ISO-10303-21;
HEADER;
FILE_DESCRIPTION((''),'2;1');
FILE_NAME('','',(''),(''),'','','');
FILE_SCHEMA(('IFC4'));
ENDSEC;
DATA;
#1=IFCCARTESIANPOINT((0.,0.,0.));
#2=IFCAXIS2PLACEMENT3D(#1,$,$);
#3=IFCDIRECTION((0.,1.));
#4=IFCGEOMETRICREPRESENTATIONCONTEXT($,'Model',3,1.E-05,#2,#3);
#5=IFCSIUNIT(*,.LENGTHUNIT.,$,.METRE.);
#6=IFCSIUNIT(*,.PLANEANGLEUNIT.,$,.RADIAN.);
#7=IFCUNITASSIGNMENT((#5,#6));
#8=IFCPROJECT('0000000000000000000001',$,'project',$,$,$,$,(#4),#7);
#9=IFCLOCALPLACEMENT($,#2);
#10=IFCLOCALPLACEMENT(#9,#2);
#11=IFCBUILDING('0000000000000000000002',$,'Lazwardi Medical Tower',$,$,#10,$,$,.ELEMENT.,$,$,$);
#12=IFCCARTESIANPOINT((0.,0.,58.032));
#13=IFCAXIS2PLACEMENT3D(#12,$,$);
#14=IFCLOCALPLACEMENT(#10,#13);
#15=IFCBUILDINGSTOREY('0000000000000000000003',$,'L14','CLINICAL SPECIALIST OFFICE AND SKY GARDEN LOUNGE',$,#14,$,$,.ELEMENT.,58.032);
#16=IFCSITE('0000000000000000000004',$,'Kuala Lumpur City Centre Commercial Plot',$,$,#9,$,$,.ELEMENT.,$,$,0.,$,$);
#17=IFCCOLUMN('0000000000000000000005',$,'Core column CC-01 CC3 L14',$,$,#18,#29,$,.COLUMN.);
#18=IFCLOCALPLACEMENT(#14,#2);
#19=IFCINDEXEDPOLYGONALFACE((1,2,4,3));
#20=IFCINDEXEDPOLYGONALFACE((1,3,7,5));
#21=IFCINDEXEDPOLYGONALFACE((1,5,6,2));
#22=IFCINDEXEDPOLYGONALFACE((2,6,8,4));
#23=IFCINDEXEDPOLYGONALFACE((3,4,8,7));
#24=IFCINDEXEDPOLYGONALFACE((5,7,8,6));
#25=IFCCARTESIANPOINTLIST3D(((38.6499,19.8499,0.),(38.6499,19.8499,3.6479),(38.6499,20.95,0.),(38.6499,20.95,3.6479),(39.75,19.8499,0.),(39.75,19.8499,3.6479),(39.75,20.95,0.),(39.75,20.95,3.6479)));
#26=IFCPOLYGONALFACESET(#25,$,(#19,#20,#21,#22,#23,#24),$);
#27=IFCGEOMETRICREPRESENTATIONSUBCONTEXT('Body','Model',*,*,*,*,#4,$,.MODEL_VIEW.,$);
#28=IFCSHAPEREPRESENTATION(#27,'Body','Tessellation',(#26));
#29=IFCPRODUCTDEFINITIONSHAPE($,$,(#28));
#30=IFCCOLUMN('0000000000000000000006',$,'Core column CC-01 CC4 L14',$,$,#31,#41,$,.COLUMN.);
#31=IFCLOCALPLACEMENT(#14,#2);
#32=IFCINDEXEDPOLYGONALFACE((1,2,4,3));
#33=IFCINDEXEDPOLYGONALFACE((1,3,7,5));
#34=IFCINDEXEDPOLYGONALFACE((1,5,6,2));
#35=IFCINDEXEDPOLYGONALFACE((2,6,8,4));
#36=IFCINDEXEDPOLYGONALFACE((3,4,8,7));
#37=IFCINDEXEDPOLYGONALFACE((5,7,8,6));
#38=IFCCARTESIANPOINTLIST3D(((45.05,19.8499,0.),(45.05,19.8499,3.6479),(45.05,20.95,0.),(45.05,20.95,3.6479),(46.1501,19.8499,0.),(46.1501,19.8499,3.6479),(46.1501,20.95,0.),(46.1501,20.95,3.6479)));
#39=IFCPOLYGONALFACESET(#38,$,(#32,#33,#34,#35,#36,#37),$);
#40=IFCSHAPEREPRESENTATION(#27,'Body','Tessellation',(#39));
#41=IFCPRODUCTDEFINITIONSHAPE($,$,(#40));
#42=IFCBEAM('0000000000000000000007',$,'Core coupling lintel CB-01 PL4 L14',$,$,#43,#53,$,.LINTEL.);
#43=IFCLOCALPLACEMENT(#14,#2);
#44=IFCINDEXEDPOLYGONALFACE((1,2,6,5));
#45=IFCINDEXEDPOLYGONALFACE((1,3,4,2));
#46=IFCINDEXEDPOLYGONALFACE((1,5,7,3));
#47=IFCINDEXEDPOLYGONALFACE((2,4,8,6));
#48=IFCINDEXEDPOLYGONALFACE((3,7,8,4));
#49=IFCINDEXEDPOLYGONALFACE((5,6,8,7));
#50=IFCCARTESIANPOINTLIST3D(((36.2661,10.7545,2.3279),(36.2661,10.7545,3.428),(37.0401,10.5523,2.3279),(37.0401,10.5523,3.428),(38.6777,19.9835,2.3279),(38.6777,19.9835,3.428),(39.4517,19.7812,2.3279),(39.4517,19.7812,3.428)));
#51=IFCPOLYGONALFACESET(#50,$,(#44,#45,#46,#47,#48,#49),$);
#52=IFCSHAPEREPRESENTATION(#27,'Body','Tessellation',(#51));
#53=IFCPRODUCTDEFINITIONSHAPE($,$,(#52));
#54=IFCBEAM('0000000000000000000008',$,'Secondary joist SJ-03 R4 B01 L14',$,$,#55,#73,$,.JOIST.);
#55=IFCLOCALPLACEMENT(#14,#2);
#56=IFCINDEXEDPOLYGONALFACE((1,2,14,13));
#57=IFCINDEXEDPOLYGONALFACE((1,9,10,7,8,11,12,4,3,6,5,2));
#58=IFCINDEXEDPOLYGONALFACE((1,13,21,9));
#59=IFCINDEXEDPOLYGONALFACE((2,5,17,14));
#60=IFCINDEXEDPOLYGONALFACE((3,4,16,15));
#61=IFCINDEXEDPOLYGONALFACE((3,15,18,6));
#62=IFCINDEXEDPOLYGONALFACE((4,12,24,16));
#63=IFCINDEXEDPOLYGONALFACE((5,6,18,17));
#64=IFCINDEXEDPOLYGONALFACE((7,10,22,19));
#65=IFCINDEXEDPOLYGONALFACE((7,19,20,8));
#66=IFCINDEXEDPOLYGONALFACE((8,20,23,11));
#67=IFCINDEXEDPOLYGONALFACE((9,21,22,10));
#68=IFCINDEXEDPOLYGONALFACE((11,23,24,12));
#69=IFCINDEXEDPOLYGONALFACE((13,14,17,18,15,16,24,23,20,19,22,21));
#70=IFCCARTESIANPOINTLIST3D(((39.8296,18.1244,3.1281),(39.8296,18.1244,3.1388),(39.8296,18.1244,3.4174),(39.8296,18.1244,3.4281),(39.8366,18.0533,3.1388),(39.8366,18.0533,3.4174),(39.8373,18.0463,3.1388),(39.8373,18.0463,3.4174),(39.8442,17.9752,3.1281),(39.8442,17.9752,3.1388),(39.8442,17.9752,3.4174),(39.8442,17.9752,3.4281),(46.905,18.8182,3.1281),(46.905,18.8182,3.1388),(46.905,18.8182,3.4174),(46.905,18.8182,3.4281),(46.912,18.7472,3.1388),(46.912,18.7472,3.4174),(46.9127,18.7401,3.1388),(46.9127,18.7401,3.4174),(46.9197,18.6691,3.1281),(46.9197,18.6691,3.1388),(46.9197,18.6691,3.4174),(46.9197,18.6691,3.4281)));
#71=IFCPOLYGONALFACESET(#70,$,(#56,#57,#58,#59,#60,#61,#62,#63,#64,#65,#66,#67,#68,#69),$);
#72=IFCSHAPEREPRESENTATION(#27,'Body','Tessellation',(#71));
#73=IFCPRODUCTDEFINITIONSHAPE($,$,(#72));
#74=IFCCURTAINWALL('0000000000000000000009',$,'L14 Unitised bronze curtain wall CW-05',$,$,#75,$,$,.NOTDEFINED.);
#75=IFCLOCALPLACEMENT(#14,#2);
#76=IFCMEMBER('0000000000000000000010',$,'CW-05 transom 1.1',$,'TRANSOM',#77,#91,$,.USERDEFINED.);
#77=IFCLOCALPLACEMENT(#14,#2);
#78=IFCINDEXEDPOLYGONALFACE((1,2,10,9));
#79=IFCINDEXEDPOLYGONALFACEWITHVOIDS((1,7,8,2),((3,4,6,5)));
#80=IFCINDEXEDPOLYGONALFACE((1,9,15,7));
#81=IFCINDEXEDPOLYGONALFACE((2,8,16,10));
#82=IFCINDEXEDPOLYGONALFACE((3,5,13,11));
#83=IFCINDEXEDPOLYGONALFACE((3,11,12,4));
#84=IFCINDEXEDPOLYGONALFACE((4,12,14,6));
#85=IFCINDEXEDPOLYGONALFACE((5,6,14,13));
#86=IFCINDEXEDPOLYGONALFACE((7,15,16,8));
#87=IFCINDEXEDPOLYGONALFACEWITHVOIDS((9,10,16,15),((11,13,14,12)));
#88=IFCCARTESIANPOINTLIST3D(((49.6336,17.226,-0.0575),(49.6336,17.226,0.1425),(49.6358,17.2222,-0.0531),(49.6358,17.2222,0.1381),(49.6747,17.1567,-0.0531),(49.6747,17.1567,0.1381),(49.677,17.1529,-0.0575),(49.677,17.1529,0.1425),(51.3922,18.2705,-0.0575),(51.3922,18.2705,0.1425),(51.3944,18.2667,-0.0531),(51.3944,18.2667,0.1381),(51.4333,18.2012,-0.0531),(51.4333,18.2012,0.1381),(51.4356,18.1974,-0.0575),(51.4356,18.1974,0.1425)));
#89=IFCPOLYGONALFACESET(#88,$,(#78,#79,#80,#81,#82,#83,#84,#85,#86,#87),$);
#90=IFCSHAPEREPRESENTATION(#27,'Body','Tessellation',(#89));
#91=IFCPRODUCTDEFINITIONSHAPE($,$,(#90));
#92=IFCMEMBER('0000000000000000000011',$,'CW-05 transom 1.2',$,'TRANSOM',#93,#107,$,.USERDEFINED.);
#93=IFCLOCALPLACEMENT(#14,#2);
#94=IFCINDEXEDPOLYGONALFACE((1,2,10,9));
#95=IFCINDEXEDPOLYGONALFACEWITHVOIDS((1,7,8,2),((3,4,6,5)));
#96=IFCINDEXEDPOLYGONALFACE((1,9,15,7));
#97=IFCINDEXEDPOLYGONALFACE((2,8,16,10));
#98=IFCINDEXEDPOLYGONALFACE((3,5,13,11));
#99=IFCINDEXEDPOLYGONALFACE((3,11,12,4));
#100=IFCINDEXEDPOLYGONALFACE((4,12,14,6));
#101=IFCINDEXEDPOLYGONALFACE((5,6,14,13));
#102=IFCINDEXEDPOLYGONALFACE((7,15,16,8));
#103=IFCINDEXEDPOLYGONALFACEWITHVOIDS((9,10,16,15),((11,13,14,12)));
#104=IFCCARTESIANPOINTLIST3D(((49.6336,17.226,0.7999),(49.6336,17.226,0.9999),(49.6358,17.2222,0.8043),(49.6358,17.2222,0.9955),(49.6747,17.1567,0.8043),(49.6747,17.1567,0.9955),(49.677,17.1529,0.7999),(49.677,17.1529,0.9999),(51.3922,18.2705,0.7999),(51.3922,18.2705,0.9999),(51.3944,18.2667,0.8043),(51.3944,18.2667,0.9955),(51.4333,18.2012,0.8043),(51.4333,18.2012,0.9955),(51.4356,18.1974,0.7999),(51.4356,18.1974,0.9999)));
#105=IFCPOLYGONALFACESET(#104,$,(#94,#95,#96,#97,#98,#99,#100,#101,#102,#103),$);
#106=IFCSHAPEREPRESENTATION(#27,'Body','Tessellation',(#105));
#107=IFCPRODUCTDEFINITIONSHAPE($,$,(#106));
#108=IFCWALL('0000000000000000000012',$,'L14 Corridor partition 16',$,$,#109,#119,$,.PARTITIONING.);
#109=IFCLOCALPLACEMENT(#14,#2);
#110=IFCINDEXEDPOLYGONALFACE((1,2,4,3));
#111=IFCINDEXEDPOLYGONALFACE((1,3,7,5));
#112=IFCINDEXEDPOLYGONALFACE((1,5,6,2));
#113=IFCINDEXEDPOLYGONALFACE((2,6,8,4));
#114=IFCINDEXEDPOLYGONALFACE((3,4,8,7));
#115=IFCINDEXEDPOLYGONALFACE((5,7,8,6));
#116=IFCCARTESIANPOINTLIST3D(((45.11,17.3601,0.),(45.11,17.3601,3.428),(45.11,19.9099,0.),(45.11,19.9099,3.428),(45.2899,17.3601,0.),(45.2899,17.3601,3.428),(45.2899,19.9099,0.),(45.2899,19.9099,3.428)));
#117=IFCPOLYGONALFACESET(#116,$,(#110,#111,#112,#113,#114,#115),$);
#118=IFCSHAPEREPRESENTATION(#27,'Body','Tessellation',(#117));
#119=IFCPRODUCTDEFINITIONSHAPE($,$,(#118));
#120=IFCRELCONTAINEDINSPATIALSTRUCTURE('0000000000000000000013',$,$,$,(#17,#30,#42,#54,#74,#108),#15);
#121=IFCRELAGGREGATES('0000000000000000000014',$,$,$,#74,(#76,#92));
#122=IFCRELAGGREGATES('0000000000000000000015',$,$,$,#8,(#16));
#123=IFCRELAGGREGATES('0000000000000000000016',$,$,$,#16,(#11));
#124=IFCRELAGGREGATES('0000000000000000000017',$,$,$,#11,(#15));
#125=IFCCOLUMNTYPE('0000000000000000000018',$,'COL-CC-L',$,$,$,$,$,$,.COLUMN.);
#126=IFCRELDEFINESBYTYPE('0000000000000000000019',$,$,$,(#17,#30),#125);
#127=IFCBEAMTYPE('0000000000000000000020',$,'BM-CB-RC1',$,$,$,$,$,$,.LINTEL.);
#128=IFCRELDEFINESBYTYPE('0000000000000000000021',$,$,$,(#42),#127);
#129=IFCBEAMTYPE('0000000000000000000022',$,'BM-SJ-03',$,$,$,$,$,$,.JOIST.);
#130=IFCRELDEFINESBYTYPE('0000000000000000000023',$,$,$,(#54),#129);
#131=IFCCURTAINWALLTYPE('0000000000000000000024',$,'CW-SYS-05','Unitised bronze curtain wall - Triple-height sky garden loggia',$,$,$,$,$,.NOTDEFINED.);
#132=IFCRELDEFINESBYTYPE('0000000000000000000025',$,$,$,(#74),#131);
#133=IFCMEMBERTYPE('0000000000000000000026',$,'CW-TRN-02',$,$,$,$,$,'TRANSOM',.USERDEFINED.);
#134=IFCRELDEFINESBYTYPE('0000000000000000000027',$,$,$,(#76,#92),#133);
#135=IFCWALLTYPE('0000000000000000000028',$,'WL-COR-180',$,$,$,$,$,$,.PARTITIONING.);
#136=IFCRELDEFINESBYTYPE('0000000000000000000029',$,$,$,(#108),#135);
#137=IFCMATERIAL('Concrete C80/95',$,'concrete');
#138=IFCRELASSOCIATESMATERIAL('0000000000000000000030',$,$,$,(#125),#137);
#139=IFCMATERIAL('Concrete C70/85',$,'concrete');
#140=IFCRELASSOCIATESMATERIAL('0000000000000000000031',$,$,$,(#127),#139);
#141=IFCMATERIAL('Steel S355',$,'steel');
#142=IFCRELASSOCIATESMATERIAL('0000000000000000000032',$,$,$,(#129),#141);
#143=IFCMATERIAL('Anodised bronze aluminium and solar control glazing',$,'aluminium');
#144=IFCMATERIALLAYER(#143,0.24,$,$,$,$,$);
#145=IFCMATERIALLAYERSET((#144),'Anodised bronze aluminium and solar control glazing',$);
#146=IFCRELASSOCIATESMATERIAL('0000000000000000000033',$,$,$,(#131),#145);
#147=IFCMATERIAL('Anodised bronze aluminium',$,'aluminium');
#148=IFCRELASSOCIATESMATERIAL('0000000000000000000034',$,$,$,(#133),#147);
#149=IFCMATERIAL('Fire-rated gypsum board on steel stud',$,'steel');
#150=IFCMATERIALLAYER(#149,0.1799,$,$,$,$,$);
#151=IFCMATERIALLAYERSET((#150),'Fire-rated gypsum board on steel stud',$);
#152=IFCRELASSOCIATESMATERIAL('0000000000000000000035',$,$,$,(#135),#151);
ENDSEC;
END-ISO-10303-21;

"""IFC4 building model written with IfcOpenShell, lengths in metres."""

from ifc_helpers import new_model, si_unit, direction, frame, frame_2d, origin, origin_2d, place, context, subcontext, project, spatial, rectangle, hollow_rectangle, i_section, extrude, material, layer, layer_set, material_profile, profile_set, type_object, element, aggregate, save


model = new_model("IFC4")

# Units and contexts
model_context = context("Model", 3, precision=1e-05, world=origin(), true_north=direction((0.0, 1.0)))
body_context = subcontext(model_context, "Body", "Model", "MODEL_VIEW")
ifc_project = project(units=[si_unit("LENGTHUNIT", "METRE"), si_unit("PLANEANGLEUNIT", "RADIAN")], contexts=[model_context])

# Site, building, storey
site_placement = place(None, origin())
site = spatial("IfcSite", under=ifc_project, at=site_placement, Name="Kuala Lumpur City Centre Commercial Plot", CompositionType="ELEMENT", RefElevation=0.0)
building_placement = place(site_placement, origin())
building = spatial("IfcBuilding", under=site, at=building_placement, Name="Lazwardi Medical Tower", CompositionType="ELEMENT")
storey_placement = place(building_placement, frame((0.0, 0.0, 58.032)))
storey = spatial("IfcBuildingStorey", under=building, at=storey_placement, Name="L14", Description="CLINICAL SPECIALIST OFFICE AND SKY GARDEN LOUNGE", CompositionType="ELEMENT", Elevation=58.032)

# Columns
ifc_material_1 = material(Name="Concrete C80/95", Category="concrete")
ifc_material_profile_1 = material_profile(ifc_material_1, rectangle(XDim=1.1001, YDim=1.1001, at=origin_2d()), Name="RC 1100x1100")
ifc_profile_set_1 = profile_set([ifc_material_profile_1], Name="Concrete C80/95")
column_type = type_object("IfcColumnType", Name="COL-CC-L", PredefinedType="COLUMN", material=ifc_profile_set_1)
for number, where, z_axis, x_axis, name in (
    (1, (39.2, 20.3999, 0.0), (0.0, 0.0, 1.0), (1.0, 0.0, 0.0), "Core column CC-01 CC3 L14"),
    (2, (45.6001, 20.3999, 0.0), (0.0, 0.0, 1.0), (1.0, 0.0, 0.0), "Core column CC-01 CC4 L14"),
):
    element("IfcColumn", number, at=place(storey_placement, frame(where, z_axis=z_axis, x_axis=x_axis)), inside=storey, type_object=column_type, Name=name, PredefinedType="COLUMN", context=body_context, shape_type="SweptSolid", body=[
        extrude(rectangle(XDim=1.1001, YDim=1.1001, at=origin_2d()), origin(), (0.0, 0.0, 1.0), 3.6479),
    ])

# Beams
ifc_material_2 = material(Name="Concrete C70/85", Category="concrete")
ifc_material_profile_2 = material_profile(ifc_material_2, rectangle(XDim=0.8, YDim=1.1001, at=origin_2d()), Name="RC 800x1100")
ifc_profile_set_2 = profile_set([ifc_material_profile_2], Name="Concrete C70/85")
beam_type_1 = type_object("IfcBeamType", Name="BM-CB-RC1", PredefinedType="LINTEL", material=ifc_profile_set_2)
beam_1_placement = place(storey_placement, frame((39.0647, 19.8823, 2.8779), z_axis=(-0.25282, -0.967513, 0.0), x_axis=(0.967513, -0.25282, 0.0)))
element("IfcBeam", 3, at=beam_1_placement, inside=storey, type_object=beam_type_1, Name="Core coupling lintel CB-01 PL4 L14", PredefinedType="LINTEL", context=body_context, shape_type="SweptSolid", body=[
    extrude(rectangle(XDim=0.8, YDim=1.1001, at=origin_2d()), origin(), (0.0, 0.0, 1.0), 9.5388),
])
ifc_material_3 = material(Name="Steel S355", Category="steel")
ifc_material_profile_3 = material_profile(ifc_material_3, i_section(OverallWidth=0.1499, OverallDepth=0.3, WebThickness=0.0071, FlangeThickness=0.0107, at=origin_2d()), Name="IPE 300")
ifc_profile_set_3 = profile_set([ifc_material_profile_3], Name="Steel S355")
beam_type_2 = type_object("IfcBeamType", Name="BM-SJ-03", PredefinedType="JOIST", material=ifc_profile_set_3)
beam_2_placement = place(storey_placement, frame((39.8369, 18.0498, 3.2781), z_axis=(0.995226, 0.097596, 0.0), x_axis=(-0.097596, 0.995226, 0.0)))
element("IfcBeam", 4, at=beam_2_placement, inside=storey, type_object=beam_type_2, Name="Secondary joist SJ-03 R4 B01 L14", PredefinedType="JOIST", context=body_context, shape_type="SweptSolid", body=[
    extrude(i_section(OverallWidth=0.1499, OverallDepth=0.3, WebThickness=0.0071, FlangeThickness=0.0107, at=origin_2d()), origin(), (0.0, 0.0, 1.0), 7.1094),
])

# Curtain wall, members
ifc_material_4 = material(Name="Anodised bronze aluminium and solar control glazing", Category="aluminium")
ifc_layer_1 = layer(ifc_material_4, 0.24)
ifc_layer_set_1 = layer_set([ifc_layer_1], Name="Anodised bronze aluminium and solar control glazing")
curtain_wall_type = type_object("IfcCurtainWallType", Name="CW-SYS-05", Description="Unitised bronze curtain wall - Triple-height sky garden loggia", PredefinedType="NOTDEFINED", material=ifc_layer_set_1)
curtain_wall_placement = place(storey_placement, origin())
curtain_wall = element("IfcCurtainWall", 5, at=curtain_wall_placement, inside=storey, type_object=curtain_wall_type, Name="L14 Unitised bronze curtain wall CW-05", PredefinedType="NOTDEFINED")
ifc_material_5 = material(Name="Anodised bronze aluminium", Category="aluminium")
ifc_material_profile_4 = material_profile(ifc_material_5, hollow_rectangle(XDim=0.085, YDim=0.2, WallThickness=0.0044, at=origin_2d()), Name="ALU-TRANSOM 200x85x4.5")
ifc_profile_set_4 = profile_set([ifc_material_profile_4], Name="Anodised bronze aluminium")
member_type = type_object("IfcMemberType", Name="CW-TRN-02", ElementType="TRANSOM", PredefinedType="USERDEFINED", material=ifc_profile_set_4)
member_1_placement = place(storey_placement, frame((49.6553, 17.1895, 0.0425), z_axis=(0.859791, 0.510646, 0.0), x_axis=(-0.510646, 0.859791, 0.0)))
member_1 = element("IfcMember", 6, at=member_1_placement, type_object=member_type, Name="CW-05 transom 1.1", ObjectType="TRANSOM", PredefinedType="USERDEFINED", context=body_context, shape_type="SweptSolid", body=[
    extrude(hollow_rectangle(XDim=0.085, YDim=0.2, WallThickness=0.0044, at=origin_2d()), origin(), (0.0, 0.0, 1.0), 2.0454),
])
member_2_placement = place(storey_placement, frame((49.6553, 17.1895, 0.8999), z_axis=(0.859791, 0.510646, 0.0), x_axis=(-0.510646, 0.859791, 0.0)))
member_2 = element("IfcMember", 7, at=member_2_placement, type_object=member_type, Name="CW-05 transom 1.2", ObjectType="TRANSOM", PredefinedType="USERDEFINED", context=body_context, shape_type="SweptSolid", body=[
    extrude(hollow_rectangle(XDim=0.085, YDim=0.2, WallThickness=0.0044, at=origin_2d()), origin(), (0.0, 0.0, 1.0), 2.0454),
])
aggregate(curtain_wall, [member_1, member_2])

# Wall
ifc_material_6 = material(Name="Fire-rated gypsum board on steel stud", Category="steel")
ifc_layer_2 = layer(ifc_material_6, 0.1799)
ifc_layer_set_2 = layer_set([ifc_layer_2], Name="Fire-rated gypsum board on steel stud")
wall_type_1 = type_object("IfcWallType", Name="WL-COR-180", PredefinedType="PARTITIONING", material=ifc_layer_set_2)
wall_1_placement = place(storey_placement, frame((45.2, 19.9099, 0.0), z_axis=(0.0, 0.0, 1.0), x_axis=(0.0, -1.0, 0.0)))
element("IfcWall", 8, at=wall_1_placement, inside=storey, type_object=wall_type_1, Name="L14 Corridor partition 16", PredefinedType="PARTITIONING", context=body_context, shape_type="SweptSolid", body=[
    extrude(rectangle(XDim=2.5498, YDim=0.1799, at=frame_2d((1.2749, 0.0))), origin(), (0.0, 0.0, 1.0), 3.428),
])

save(model, "model.ifc")
